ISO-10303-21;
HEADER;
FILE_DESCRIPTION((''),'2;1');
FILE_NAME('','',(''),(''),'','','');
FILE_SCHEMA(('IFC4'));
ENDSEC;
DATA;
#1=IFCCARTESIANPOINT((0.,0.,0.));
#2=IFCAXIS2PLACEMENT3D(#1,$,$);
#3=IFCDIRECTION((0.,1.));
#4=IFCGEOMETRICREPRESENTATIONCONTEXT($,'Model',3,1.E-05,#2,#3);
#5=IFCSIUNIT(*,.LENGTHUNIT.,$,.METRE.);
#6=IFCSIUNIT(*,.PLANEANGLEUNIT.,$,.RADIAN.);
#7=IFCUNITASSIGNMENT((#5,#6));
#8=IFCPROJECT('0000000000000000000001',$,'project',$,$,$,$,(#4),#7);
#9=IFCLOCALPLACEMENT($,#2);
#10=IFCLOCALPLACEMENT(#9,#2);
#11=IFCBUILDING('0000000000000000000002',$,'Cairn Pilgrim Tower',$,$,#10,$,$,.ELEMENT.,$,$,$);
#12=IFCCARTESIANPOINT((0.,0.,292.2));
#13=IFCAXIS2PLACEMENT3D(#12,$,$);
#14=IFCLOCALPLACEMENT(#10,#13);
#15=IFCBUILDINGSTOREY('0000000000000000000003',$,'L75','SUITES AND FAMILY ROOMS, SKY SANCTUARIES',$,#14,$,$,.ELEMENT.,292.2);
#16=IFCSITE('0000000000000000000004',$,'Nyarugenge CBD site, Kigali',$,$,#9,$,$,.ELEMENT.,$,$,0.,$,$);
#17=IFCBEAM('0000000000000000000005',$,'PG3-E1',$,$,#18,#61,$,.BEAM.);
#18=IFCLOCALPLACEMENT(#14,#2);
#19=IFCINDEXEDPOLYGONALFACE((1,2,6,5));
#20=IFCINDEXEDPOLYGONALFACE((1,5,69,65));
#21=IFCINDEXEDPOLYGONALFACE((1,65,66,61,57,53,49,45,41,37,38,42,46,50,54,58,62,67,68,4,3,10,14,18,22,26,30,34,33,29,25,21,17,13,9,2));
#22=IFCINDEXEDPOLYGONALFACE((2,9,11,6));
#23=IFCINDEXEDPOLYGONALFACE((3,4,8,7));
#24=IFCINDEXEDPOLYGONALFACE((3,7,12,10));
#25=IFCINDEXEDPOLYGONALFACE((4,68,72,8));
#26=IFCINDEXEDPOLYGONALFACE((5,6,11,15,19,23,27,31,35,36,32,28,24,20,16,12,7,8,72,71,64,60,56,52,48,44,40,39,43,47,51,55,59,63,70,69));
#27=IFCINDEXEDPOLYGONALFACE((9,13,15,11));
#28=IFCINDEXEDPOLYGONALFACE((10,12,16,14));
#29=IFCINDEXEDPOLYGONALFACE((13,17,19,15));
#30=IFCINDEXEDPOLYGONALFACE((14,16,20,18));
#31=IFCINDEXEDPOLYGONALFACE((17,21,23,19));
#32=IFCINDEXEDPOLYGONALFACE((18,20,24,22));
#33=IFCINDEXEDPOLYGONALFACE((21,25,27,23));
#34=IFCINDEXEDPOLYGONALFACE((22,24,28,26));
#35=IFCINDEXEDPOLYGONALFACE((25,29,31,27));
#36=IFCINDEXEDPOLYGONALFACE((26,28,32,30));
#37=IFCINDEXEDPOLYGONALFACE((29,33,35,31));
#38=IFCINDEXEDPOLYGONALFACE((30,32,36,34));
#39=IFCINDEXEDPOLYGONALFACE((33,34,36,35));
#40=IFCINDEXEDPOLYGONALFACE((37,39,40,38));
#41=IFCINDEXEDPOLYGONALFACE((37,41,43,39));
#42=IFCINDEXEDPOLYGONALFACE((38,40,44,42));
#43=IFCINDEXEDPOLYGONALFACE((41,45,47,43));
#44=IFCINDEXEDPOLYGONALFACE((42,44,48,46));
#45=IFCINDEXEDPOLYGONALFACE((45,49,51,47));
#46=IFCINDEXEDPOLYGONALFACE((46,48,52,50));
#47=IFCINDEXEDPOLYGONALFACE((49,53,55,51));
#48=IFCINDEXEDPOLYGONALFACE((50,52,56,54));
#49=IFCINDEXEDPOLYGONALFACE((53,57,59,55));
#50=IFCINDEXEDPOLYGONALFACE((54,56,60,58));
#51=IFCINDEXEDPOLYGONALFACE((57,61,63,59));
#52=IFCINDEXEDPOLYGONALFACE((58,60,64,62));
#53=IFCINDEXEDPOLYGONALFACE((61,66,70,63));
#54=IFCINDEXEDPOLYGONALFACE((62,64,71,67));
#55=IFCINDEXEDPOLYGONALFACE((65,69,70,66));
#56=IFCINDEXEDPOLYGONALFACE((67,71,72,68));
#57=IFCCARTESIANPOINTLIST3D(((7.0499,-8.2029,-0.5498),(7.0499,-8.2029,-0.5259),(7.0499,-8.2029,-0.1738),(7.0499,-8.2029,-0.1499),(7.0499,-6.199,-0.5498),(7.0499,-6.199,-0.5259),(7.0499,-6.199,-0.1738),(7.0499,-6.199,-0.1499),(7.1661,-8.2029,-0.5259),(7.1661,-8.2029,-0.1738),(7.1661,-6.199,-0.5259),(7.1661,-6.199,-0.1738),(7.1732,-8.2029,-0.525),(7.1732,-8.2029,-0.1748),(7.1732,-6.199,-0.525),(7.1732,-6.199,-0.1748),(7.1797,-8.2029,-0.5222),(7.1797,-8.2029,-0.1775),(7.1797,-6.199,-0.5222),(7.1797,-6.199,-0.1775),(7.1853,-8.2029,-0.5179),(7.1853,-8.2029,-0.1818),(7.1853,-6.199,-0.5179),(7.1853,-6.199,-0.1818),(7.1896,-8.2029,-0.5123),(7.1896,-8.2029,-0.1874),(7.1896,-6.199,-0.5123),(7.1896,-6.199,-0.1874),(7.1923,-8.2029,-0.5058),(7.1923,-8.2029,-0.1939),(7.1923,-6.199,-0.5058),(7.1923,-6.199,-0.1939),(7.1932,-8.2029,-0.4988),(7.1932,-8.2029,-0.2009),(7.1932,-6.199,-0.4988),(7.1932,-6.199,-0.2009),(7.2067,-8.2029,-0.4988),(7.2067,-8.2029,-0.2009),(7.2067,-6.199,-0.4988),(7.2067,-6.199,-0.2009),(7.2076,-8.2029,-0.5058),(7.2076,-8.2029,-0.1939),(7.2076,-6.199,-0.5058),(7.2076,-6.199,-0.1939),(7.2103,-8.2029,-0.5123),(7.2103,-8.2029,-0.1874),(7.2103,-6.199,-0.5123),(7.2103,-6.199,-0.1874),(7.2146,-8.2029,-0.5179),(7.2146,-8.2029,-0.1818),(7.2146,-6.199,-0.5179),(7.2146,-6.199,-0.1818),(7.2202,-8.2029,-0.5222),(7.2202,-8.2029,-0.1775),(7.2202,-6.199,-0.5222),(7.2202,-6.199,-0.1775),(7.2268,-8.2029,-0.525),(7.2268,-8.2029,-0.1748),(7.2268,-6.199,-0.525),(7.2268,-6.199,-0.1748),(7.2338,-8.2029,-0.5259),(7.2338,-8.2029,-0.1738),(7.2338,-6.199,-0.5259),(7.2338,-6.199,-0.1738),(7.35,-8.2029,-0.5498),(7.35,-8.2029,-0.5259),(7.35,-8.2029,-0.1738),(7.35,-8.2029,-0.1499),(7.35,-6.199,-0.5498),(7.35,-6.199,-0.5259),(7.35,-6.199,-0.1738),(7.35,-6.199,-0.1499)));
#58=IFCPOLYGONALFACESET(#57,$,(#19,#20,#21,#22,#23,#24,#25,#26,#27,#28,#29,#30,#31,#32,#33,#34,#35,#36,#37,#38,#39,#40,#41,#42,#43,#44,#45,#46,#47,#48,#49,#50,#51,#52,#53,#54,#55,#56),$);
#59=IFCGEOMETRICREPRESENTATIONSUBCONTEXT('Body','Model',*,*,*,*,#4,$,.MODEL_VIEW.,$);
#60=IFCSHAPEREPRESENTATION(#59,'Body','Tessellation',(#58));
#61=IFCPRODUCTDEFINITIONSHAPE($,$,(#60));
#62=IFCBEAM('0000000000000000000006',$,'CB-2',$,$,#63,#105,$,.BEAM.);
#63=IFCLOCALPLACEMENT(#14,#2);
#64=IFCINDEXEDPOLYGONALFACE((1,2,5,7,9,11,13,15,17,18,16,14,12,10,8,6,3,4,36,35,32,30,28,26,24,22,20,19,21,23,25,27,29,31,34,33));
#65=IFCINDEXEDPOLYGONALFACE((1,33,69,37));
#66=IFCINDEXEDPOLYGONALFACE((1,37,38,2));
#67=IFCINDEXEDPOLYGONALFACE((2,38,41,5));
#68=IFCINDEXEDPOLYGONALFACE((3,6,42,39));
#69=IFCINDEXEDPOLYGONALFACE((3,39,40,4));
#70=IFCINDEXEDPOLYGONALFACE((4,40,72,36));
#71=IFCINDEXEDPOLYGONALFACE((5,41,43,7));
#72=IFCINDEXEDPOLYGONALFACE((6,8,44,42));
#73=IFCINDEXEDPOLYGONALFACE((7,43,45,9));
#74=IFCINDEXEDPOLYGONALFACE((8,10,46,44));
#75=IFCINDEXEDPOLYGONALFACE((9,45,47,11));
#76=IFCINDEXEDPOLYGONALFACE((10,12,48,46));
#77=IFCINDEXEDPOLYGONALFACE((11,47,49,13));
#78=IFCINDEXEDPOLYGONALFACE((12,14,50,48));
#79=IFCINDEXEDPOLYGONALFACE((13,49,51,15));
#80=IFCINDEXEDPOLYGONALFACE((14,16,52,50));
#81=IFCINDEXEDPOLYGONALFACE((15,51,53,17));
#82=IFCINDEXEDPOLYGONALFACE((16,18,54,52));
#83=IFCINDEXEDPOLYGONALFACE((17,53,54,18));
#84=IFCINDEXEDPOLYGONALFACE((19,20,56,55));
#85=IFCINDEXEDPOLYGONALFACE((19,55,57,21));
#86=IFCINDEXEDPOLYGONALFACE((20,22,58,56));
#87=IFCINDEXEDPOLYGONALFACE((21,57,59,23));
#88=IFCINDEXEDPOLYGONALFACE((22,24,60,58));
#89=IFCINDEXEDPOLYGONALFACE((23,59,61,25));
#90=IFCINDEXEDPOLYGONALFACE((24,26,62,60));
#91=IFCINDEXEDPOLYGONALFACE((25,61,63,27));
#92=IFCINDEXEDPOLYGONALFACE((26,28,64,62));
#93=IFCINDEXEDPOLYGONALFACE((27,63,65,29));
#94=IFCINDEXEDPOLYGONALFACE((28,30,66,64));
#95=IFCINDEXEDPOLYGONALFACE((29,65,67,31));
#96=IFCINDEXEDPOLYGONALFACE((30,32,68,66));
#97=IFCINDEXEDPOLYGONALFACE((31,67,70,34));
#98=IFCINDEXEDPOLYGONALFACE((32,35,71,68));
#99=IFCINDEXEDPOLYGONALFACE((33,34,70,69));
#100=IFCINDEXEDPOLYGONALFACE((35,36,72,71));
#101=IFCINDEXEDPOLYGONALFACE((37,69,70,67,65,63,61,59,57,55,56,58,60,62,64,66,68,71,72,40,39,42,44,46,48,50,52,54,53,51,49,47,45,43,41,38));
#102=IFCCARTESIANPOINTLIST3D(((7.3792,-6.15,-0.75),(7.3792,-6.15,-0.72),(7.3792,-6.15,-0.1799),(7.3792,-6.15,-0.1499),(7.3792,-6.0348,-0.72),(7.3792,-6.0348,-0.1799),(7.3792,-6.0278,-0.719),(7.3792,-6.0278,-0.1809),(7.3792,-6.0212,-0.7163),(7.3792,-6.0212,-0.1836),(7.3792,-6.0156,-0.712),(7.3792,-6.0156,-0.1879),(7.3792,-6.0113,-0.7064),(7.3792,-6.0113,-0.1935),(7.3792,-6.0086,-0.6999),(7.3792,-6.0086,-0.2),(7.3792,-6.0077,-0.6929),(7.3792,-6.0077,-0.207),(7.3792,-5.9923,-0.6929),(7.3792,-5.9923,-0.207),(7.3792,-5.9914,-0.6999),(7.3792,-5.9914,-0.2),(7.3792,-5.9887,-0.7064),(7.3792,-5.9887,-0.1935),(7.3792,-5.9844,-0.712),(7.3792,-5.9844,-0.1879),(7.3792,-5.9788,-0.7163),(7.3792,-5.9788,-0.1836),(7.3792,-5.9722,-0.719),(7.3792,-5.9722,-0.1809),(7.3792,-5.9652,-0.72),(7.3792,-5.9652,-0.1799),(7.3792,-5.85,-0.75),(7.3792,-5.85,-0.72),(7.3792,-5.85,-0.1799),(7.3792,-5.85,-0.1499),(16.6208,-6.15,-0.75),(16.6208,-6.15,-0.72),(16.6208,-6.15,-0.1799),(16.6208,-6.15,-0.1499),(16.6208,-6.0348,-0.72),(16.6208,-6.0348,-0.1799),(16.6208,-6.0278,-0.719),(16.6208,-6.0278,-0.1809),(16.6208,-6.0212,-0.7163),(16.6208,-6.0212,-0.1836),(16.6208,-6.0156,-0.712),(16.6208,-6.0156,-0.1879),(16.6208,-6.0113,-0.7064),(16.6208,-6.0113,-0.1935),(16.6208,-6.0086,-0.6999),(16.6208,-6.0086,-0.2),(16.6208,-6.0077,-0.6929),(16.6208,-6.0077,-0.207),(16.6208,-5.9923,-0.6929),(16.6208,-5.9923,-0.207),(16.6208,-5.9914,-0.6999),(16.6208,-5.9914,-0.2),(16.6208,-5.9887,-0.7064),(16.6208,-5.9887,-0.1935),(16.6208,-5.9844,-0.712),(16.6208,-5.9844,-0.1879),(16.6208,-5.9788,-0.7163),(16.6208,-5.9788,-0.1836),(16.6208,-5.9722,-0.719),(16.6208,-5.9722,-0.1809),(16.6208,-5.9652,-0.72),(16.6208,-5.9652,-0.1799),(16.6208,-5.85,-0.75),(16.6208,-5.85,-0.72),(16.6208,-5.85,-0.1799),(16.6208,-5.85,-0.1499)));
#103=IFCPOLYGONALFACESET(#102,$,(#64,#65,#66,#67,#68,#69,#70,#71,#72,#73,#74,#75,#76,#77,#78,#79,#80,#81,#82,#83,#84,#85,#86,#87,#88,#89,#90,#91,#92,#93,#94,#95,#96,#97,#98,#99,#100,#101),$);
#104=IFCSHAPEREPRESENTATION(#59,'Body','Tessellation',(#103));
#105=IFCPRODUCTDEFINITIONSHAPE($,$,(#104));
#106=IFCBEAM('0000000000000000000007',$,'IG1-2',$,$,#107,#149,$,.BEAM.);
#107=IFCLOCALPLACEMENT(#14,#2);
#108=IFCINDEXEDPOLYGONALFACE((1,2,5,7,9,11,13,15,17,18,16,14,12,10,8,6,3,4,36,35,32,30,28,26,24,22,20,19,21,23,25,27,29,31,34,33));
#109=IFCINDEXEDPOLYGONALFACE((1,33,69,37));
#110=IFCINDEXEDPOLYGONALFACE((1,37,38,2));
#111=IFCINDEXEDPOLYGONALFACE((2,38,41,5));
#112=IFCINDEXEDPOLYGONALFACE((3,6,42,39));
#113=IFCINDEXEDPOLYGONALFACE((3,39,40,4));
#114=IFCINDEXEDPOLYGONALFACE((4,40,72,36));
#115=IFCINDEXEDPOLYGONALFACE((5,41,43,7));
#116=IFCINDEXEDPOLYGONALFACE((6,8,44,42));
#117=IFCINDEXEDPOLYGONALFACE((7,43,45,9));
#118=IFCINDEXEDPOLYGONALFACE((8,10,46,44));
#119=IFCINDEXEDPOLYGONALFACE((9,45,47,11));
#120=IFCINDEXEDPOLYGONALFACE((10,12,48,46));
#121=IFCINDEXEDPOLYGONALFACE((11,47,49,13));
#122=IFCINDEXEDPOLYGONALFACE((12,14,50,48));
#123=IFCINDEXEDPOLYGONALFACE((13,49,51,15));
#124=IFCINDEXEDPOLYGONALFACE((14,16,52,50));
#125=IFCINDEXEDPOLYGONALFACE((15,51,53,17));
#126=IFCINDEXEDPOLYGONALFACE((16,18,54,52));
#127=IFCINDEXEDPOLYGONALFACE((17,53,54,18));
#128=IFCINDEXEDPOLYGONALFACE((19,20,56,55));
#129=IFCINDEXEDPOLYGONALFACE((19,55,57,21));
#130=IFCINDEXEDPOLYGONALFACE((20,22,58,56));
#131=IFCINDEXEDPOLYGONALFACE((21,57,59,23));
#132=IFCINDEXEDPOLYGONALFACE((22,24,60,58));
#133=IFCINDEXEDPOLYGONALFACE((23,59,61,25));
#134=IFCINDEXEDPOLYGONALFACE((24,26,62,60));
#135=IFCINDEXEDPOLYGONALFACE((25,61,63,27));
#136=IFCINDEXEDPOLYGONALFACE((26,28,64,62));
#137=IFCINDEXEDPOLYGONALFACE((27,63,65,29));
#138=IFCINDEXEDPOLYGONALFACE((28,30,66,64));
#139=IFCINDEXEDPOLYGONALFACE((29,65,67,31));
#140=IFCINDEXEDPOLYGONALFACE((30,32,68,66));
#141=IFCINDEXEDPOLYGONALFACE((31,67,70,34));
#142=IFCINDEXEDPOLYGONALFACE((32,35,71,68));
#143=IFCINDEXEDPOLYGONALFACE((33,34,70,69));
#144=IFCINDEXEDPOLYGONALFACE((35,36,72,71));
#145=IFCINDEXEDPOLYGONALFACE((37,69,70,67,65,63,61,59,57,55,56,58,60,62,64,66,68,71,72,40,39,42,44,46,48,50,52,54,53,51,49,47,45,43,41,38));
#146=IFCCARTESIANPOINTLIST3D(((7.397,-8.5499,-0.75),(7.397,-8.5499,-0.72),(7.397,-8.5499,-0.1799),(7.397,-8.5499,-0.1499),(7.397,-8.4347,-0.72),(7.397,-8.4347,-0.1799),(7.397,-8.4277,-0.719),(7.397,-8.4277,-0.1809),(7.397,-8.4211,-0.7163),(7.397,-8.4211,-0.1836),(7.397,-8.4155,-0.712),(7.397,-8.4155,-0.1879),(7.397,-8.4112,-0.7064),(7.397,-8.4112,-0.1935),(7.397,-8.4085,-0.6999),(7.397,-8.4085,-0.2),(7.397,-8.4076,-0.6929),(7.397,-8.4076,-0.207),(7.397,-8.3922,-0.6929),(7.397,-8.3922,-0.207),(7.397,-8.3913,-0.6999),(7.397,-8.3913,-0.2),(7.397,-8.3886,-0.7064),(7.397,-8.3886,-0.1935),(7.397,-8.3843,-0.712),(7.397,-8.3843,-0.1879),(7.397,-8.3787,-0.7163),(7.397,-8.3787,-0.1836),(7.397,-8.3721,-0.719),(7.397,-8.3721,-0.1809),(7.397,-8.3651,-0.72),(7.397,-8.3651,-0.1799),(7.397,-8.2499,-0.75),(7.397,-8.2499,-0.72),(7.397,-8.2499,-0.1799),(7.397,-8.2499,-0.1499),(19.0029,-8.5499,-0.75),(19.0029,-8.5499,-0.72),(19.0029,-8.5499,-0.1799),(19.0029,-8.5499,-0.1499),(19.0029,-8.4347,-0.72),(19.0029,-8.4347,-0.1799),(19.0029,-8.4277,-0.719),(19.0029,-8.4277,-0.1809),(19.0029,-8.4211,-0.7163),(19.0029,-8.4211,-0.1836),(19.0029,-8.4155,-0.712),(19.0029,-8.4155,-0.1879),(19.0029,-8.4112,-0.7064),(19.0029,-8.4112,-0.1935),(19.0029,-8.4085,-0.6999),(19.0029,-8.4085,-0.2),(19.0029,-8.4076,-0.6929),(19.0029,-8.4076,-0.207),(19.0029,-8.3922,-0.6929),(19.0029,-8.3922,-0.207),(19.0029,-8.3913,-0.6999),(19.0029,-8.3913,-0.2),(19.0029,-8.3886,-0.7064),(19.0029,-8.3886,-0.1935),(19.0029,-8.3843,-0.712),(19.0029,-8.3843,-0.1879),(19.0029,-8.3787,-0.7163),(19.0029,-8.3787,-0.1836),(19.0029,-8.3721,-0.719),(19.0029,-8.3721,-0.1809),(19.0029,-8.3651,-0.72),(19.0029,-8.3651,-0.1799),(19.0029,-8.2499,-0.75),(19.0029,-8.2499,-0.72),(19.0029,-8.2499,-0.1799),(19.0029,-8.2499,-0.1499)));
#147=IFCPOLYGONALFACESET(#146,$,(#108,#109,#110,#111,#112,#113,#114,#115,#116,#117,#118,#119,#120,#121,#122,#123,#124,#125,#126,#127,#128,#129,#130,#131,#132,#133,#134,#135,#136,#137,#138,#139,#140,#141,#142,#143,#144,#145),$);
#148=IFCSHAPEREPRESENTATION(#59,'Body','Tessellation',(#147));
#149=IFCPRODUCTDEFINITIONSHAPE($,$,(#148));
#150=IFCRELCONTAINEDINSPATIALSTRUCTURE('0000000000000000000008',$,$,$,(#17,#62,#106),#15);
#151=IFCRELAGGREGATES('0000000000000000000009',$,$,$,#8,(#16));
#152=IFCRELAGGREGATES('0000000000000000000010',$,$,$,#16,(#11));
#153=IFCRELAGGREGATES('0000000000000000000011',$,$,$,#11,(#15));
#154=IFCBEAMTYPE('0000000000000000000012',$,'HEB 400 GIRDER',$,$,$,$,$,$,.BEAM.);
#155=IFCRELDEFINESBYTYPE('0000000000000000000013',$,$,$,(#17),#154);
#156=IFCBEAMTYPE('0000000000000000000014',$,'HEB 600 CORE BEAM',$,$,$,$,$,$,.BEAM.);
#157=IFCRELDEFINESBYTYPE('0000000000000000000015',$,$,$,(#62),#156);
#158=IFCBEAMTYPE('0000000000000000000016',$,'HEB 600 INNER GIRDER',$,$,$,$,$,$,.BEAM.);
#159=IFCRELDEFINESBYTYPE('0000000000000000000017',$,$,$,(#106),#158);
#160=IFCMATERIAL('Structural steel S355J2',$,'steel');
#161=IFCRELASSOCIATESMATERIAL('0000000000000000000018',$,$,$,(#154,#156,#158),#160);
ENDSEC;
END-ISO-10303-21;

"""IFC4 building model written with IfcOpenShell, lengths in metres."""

from ifc_helpers import new_model, si_unit, direction, frame, origin, origin_2d, place, context, subcontext, project, spatial, i_section, extrude, material, material_profile, profile_set, type_object, element, save


model = new_model("IFC4")

# Units and contexts
model_context = context("Model", 3, precision=1e-05, world=origin(), true_north=direction((0.0, 1.0)))
body_context = subcontext(model_context, "Body", "Model", "MODEL_VIEW")
ifc_project = project(units=[si_unit("LENGTHUNIT", "METRE"), si_unit("PLANEANGLEUNIT", "RADIAN")], contexts=[model_context])

# Site, building, storey
site_placement = place(None, origin())
site = spatial("IfcSite", under=ifc_project, at=site_placement, Name="Nyarugenge CBD site, Kigali", CompositionType="ELEMENT", RefElevation=0.0)
building_placement = place(site_placement, origin())
building = spatial("IfcBuilding", under=site, at=building_placement, Name="Cairn Pilgrim Tower", CompositionType="ELEMENT")
storey_placement = place(building_placement, frame((0.0, 0.0, 292.2)))
storey = spatial("IfcBuildingStorey", under=building, at=storey_placement, Name="L75", Description="SUITES AND FAMILY ROOMS, SKY SANCTUARIES", CompositionType="ELEMENT", Elevation=292.2)

# Shared definitions
ifc_material_1 = material(Name="Structural steel S355J2", Category="steel")

# Beams
ifc_material_profile_1 = material_profile(ifc_material_1, i_section(OverallWidth=0.3, OverallDepth=0.3999, WebThickness=0.0134, FlangeThickness=0.0239, FilletRadius=0.0271, at=origin_2d()), Name="HEB 400")
ifc_profile_set_1 = profile_set([ifc_material_profile_1], Name="Structural steel S355J2")
beam_type_1 = type_object("IfcBeamType", Name="HEB 400 GIRDER", PredefinedType="BEAM", material=ifc_profile_set_1)
beam_1_placement = place(storey_placement, frame((7.2, -8.2029, -0.3499), z_axis=(0.0, 1.0, 0.0), x_axis=(-1.0, 0.0, 0.0)))
element("IfcBeam", 1, at=beam_1_placement, inside=storey, type_object=beam_type_1, Name="PG3-E1", PredefinedType="BEAM", context=body_context, shape_type="SweptSolid", body=[
    extrude(i_section(OverallWidth=0.3, OverallDepth=0.3999, WebThickness=0.0134, FlangeThickness=0.0239, FilletRadius=0.0271, at=origin_2d()), origin(), (0.0, 0.0, 1.0), 2.0039),
])
ifc_material_profile_2 = material_profile(ifc_material_1, i_section(OverallWidth=0.3, OverallDepth=0.6001, WebThickness=0.0154, FlangeThickness=0.03, FilletRadius=0.0271, at=origin_2d()), Name="HEB 600")
ifc_profile_set_2 = profile_set([ifc_material_profile_2], Name="Structural steel S355J2")
beam_type_2 = type_object("IfcBeamType", Name="HEB 600 CORE BEAM", PredefinedType="BEAM", material=ifc_profile_set_2)
beam_2_placement = place(storey_placement, frame((7.3792, -6.0, -0.45), z_axis=(1.0, 0.0, 0.0), x_axis=(0.0, 1.0, 0.0)))
element("IfcBeam", 2, at=beam_2_placement, inside=storey, type_object=beam_type_2, Name="CB-2", PredefinedType="BEAM", context=body_context, shape_type="SweptSolid", body=[
    extrude(i_section(OverallWidth=0.3, OverallDepth=0.6001, WebThickness=0.0154, FlangeThickness=0.03, FilletRadius=0.0271, at=origin_2d()), origin(), (0.0, 0.0, 1.0), 9.2417),
])
ifc_material_profile_3 = material_profile(ifc_material_1, i_section(OverallWidth=0.3, OverallDepth=0.6001, WebThickness=0.0154, FlangeThickness=0.03, FilletRadius=0.0271, at=origin_2d()), Name="HEB 600")
ifc_profile_set_3 = profile_set([ifc_material_profile_3], Name="Structural steel S355J2")
beam_type_3 = type_object("IfcBeamType", Name="HEB 600 INNER GIRDER", PredefinedType="BEAM", material=ifc_profile_set_3)
beam_3_placement = place(storey_placement, frame((7.397, -8.3999, -0.45), z_axis=(1.0, 0.0, 0.0), x_axis=(0.0, 1.0, 0.0)))
element("IfcBeam", 3, at=beam_3_placement, inside=storey, type_object=beam_type_3, Name="IG1-2", PredefinedType="BEAM", context=body_context, shape_type="SweptSolid", body=[
    extrude(i_section(OverallWidth=0.3, OverallDepth=0.6001, WebThickness=0.0154, FlangeThickness=0.03, FilletRadius=0.0271, at=origin_2d()), origin(), (0.0, 0.0, 1.0), 11.606),
])

save(model, "model.ifc")
